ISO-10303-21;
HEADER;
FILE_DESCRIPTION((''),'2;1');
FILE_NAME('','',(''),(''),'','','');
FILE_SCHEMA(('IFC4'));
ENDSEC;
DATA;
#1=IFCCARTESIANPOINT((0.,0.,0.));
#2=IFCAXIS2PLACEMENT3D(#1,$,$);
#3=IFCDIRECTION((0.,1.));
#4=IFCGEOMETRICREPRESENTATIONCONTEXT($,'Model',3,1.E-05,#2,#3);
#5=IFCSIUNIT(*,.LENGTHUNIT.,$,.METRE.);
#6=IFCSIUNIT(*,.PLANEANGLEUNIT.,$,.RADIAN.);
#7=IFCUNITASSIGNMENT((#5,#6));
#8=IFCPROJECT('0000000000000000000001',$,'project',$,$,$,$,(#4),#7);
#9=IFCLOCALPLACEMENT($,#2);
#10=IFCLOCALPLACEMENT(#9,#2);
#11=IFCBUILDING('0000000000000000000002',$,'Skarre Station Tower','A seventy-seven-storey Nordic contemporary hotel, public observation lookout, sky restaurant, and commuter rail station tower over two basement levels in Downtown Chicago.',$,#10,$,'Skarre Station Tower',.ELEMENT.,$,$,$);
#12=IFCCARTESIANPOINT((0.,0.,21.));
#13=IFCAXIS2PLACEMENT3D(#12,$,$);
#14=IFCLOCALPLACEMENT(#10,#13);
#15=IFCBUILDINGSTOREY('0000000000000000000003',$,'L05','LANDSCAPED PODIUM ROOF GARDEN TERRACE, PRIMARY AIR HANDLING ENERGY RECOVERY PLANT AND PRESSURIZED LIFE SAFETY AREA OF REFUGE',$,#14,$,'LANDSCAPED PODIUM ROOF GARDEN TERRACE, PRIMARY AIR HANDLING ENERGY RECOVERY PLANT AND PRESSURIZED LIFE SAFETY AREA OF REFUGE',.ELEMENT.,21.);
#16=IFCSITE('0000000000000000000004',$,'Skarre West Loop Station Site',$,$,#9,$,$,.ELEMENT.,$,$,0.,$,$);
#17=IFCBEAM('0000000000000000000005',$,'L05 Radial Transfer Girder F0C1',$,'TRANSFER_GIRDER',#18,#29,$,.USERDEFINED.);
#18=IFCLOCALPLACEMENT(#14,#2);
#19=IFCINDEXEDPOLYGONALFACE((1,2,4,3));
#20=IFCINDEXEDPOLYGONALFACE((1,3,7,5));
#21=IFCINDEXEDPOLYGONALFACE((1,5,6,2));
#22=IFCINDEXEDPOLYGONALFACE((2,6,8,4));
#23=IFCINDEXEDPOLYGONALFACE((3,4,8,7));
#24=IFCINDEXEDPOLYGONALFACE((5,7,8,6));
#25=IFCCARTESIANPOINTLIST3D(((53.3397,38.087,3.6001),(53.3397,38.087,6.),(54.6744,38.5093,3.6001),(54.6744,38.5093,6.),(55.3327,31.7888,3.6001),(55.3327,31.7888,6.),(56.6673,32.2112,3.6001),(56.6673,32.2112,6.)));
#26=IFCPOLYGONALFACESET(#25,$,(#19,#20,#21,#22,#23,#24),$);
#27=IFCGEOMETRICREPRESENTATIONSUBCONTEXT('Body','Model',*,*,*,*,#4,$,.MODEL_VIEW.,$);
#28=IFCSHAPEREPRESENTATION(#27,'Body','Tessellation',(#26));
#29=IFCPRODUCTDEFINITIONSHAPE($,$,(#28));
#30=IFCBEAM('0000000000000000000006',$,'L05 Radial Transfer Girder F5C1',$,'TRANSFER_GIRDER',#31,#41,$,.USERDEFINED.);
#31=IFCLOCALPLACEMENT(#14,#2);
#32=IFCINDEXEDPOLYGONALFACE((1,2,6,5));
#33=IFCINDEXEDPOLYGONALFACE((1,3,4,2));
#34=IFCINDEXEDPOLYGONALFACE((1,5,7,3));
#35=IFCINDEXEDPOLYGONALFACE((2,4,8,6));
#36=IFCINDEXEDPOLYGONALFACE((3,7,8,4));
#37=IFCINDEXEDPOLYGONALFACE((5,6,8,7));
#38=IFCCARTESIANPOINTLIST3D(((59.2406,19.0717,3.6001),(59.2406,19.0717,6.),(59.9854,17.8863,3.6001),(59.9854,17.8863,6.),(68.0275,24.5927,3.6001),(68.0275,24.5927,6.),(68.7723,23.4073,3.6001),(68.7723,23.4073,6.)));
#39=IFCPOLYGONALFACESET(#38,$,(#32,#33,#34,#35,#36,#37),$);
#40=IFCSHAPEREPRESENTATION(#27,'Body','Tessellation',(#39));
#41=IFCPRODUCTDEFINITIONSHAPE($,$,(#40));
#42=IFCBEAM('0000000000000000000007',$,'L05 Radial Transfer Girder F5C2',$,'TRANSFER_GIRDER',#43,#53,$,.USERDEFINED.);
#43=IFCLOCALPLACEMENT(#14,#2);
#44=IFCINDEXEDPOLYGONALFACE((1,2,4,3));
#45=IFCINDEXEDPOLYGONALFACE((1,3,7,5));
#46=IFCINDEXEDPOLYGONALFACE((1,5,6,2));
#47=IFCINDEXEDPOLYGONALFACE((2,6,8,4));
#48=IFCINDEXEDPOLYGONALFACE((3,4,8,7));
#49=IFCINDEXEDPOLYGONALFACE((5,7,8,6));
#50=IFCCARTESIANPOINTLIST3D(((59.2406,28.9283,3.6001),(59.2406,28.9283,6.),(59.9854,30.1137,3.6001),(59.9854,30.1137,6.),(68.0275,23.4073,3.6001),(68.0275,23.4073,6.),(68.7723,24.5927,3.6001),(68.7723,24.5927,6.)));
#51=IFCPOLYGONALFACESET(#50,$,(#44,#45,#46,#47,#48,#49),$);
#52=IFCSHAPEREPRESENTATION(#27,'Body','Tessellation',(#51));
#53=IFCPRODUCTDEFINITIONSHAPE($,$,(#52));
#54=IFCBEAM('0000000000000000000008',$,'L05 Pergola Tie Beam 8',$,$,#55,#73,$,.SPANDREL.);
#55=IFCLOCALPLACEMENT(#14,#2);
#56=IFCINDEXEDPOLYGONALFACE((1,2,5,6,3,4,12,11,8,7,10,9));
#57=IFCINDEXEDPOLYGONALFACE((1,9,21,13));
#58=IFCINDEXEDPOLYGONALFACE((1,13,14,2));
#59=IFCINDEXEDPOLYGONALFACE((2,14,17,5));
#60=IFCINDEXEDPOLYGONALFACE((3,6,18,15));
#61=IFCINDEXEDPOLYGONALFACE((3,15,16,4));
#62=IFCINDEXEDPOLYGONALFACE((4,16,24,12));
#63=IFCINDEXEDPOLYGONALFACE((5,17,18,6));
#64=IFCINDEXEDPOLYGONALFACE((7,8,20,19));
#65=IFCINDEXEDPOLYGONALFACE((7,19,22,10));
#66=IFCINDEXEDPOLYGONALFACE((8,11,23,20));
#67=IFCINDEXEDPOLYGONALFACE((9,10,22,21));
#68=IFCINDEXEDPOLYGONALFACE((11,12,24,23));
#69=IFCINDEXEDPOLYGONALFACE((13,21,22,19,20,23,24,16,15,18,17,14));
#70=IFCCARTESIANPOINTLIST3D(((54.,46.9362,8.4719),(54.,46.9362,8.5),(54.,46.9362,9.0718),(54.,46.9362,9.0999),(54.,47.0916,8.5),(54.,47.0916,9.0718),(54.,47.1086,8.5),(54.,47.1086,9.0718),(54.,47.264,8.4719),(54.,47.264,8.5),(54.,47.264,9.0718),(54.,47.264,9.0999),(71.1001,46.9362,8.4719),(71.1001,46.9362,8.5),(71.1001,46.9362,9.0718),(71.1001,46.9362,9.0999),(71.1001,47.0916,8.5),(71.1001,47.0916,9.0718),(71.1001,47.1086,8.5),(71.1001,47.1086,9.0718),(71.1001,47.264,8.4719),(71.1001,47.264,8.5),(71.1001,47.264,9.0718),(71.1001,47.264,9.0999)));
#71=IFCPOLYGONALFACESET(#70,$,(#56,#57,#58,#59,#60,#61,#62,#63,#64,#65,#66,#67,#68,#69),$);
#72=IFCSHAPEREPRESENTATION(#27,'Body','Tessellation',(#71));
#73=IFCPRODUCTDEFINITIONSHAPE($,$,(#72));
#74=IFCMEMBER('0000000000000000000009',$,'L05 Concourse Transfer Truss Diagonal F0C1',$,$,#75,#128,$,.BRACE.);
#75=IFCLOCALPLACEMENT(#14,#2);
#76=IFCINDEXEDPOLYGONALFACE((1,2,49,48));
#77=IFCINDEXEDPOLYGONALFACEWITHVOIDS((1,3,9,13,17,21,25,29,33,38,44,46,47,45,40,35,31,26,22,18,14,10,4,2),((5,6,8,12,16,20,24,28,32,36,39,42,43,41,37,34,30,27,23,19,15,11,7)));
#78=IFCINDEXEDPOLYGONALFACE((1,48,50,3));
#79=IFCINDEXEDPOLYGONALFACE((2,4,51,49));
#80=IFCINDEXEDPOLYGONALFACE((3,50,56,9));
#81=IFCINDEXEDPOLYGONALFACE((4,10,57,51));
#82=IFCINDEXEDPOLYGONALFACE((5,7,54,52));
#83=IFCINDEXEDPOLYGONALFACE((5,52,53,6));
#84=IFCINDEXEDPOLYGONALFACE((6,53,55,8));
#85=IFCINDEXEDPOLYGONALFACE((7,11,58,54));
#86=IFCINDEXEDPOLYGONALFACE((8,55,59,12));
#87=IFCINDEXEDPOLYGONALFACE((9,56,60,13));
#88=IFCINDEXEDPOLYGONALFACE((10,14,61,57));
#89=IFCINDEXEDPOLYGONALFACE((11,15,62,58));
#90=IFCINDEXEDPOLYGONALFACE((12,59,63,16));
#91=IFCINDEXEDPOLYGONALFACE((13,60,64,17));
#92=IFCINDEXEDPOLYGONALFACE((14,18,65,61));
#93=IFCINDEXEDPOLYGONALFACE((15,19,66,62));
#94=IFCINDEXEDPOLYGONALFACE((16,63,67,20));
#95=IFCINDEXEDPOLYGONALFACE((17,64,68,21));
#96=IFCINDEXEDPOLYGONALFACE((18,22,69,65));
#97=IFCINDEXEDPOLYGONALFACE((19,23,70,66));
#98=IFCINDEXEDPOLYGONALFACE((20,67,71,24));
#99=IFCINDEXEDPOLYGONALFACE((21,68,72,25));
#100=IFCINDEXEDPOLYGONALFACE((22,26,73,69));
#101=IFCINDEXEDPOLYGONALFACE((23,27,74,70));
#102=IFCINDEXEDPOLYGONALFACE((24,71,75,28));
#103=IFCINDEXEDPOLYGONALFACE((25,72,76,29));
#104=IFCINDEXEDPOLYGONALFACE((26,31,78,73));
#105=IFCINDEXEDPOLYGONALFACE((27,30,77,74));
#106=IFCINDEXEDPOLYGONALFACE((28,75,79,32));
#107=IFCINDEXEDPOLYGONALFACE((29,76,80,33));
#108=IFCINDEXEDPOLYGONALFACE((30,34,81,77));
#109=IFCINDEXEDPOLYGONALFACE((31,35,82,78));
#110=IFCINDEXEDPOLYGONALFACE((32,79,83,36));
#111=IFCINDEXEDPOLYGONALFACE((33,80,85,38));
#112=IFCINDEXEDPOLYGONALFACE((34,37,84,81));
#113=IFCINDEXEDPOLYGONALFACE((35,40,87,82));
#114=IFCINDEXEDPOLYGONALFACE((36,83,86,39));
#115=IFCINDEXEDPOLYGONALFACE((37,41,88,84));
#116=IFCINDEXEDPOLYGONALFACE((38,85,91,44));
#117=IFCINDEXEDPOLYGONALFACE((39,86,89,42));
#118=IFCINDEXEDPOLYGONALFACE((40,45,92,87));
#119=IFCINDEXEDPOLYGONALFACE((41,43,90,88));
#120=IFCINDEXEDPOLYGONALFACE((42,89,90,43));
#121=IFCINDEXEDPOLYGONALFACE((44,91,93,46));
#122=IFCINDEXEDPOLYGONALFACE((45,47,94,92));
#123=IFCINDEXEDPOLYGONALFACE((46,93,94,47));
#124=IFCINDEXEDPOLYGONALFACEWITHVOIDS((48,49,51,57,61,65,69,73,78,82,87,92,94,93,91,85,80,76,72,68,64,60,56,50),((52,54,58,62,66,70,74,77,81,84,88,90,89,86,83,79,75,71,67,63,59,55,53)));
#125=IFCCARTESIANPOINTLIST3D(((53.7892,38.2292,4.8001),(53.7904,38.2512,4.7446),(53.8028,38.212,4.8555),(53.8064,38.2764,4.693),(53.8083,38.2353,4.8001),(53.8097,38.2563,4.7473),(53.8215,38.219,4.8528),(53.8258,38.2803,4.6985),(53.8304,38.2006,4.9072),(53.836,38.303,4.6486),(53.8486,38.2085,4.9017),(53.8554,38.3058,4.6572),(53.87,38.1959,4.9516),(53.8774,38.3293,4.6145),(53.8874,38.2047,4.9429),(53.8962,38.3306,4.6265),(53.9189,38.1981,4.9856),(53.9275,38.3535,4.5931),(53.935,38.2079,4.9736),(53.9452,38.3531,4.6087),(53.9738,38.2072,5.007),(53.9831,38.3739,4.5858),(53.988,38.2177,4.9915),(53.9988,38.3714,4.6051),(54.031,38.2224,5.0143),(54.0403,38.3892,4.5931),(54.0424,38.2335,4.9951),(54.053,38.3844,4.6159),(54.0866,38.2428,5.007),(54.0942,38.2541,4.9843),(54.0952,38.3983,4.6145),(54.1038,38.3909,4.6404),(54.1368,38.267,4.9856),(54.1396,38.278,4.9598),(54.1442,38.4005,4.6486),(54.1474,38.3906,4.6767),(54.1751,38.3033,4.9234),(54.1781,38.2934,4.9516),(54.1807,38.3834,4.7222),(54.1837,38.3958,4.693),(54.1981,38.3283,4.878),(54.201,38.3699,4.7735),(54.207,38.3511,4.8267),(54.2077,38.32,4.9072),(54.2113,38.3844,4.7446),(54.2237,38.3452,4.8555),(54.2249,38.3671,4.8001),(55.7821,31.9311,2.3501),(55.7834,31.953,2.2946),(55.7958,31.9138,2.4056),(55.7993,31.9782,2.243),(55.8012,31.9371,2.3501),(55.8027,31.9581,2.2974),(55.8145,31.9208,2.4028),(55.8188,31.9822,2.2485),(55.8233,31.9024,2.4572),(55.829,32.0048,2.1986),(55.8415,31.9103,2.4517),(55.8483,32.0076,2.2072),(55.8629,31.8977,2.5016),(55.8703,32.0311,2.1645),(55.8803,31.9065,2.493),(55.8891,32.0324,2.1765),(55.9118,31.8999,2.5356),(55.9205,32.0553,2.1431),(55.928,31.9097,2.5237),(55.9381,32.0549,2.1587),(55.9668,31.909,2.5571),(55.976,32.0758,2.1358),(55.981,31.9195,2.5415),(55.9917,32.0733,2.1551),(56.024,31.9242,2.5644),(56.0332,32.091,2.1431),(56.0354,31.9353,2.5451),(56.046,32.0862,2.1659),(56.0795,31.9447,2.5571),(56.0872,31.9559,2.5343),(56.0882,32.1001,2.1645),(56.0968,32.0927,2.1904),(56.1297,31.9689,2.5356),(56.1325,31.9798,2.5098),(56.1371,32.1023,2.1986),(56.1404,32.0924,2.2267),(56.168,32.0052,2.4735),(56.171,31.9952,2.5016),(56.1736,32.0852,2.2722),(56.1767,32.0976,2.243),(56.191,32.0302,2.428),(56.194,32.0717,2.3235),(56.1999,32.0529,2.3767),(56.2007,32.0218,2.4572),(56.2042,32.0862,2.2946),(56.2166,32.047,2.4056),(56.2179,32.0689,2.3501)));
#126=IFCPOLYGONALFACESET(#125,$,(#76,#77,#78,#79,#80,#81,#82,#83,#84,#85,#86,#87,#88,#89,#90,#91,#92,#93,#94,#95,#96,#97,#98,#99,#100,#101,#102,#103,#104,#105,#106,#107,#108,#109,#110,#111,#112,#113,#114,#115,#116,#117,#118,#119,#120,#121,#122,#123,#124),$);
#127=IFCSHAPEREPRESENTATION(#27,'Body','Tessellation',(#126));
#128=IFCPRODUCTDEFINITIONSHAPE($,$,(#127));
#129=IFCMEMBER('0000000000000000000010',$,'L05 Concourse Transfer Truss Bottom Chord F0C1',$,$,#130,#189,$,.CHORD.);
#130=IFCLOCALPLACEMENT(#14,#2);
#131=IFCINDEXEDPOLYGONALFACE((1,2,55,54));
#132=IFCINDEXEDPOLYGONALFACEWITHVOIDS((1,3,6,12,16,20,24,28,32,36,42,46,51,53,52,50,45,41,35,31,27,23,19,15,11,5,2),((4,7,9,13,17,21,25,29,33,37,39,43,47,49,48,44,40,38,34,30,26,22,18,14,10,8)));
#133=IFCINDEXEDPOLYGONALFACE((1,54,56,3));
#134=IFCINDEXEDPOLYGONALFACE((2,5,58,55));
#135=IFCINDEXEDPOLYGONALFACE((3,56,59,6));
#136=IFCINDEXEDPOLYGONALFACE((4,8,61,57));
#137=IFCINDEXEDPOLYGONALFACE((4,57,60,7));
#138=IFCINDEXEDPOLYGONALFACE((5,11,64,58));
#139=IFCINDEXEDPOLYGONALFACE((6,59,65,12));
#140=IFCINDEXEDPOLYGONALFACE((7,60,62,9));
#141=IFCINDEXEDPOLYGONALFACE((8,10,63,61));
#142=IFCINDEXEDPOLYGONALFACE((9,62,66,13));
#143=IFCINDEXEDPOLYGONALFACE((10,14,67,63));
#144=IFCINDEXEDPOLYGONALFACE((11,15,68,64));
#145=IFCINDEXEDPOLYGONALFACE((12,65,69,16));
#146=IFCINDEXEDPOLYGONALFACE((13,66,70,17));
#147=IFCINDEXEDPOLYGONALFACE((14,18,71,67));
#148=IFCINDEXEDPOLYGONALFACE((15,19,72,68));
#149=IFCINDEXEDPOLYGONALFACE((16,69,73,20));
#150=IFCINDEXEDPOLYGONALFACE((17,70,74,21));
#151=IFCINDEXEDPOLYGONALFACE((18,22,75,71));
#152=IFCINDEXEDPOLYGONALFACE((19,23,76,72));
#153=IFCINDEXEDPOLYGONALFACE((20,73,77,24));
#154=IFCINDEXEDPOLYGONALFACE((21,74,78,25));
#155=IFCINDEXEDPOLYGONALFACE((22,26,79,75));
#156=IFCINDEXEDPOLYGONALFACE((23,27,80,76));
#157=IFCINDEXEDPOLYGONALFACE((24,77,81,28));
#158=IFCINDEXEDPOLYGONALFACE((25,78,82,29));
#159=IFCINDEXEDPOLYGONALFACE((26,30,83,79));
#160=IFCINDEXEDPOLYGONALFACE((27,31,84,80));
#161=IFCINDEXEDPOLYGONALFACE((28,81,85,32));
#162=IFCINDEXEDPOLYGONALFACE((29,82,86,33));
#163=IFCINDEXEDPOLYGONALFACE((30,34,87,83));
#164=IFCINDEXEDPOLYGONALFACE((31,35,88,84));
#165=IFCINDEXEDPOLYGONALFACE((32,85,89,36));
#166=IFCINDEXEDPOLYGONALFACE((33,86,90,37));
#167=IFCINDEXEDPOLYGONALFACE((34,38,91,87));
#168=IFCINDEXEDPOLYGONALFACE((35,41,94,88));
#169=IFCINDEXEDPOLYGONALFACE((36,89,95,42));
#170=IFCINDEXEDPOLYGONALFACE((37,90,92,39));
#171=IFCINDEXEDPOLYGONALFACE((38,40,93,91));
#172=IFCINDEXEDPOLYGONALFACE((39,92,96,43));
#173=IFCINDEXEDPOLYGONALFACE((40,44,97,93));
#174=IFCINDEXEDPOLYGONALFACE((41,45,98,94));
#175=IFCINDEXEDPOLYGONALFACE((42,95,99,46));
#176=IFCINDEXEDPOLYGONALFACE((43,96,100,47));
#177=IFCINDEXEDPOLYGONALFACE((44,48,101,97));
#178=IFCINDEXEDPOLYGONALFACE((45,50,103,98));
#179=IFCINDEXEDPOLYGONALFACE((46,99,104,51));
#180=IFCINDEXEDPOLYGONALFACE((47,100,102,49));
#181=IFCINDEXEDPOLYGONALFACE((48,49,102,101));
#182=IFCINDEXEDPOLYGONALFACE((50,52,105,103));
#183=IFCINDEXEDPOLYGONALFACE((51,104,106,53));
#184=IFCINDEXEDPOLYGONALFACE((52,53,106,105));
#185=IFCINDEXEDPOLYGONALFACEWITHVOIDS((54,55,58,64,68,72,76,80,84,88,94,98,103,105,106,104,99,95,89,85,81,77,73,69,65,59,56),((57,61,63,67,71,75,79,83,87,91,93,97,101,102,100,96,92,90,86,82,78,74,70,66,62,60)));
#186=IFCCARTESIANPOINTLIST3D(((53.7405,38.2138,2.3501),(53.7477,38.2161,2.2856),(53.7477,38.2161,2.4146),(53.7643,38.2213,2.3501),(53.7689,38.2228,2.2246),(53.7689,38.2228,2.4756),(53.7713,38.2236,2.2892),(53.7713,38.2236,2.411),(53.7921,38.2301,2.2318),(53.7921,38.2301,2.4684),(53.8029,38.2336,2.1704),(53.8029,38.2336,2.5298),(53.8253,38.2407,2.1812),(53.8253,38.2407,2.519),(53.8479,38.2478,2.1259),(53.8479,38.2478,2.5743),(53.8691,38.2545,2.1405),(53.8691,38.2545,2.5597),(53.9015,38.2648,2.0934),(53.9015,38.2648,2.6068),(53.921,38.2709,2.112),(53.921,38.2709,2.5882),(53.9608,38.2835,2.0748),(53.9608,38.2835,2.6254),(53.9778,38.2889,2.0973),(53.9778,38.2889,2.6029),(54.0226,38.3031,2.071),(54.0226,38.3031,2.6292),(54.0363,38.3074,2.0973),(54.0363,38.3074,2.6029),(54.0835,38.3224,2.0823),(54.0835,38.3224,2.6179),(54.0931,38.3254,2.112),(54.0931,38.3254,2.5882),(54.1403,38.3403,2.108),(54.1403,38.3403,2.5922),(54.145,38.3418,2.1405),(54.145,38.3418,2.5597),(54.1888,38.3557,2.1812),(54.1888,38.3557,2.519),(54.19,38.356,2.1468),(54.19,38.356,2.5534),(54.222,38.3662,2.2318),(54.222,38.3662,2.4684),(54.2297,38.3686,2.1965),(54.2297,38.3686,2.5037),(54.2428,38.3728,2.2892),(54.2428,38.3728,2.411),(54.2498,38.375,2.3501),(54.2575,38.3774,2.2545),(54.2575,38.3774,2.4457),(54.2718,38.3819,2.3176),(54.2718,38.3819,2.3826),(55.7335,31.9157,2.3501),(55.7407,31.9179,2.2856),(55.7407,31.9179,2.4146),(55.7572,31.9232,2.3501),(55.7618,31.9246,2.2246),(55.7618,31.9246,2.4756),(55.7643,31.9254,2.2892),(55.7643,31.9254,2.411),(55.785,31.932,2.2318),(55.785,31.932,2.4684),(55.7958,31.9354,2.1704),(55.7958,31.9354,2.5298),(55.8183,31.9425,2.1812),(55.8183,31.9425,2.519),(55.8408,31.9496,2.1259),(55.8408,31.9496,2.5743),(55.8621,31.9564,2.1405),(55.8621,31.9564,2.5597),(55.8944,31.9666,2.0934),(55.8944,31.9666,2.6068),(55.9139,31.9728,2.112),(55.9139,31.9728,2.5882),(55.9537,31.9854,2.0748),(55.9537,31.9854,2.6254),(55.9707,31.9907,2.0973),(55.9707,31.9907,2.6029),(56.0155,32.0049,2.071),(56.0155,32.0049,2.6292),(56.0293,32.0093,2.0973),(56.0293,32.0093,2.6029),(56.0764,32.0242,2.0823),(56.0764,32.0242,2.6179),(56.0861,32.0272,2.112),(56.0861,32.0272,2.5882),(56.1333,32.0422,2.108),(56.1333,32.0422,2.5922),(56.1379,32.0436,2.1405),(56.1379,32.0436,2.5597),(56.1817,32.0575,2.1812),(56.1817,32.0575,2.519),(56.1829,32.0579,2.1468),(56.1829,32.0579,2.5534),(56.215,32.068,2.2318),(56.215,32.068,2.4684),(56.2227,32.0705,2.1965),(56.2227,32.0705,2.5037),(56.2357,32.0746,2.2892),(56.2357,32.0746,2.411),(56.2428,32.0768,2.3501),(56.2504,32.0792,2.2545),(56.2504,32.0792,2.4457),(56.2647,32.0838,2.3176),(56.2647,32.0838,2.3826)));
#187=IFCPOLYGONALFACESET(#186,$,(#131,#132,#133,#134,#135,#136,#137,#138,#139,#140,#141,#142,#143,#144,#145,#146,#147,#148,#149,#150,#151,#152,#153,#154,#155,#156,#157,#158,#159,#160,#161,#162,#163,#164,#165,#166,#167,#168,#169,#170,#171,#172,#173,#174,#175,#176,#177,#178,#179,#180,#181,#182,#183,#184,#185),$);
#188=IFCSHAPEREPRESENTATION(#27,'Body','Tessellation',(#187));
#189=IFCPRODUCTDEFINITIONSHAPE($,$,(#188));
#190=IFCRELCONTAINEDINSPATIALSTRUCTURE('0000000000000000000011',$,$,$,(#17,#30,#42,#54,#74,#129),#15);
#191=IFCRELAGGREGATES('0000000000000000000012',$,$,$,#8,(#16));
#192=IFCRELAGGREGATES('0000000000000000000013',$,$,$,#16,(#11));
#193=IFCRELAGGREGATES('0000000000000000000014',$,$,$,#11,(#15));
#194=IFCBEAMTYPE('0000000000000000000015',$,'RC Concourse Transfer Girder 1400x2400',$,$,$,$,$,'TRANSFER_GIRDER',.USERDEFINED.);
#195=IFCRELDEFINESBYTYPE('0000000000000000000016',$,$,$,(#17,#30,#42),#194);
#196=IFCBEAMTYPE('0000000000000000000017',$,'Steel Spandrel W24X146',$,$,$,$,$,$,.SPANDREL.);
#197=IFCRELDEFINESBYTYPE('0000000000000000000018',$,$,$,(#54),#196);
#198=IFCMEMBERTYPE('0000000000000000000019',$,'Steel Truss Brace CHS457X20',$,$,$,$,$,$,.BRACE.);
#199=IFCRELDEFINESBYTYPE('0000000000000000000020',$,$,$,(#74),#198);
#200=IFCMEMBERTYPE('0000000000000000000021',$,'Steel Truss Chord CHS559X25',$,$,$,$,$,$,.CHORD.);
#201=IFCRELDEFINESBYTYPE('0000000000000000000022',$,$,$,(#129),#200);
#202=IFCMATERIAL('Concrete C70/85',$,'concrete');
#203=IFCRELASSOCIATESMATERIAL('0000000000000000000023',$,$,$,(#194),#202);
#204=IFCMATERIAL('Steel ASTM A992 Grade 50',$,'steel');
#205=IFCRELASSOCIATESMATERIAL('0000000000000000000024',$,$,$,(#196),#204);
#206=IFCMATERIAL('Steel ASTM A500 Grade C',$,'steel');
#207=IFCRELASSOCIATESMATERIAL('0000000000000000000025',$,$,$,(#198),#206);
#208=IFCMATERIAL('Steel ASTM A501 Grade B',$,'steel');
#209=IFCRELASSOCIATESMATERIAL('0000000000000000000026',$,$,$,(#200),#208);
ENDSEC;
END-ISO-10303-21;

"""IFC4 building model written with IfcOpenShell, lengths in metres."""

from ifc_helpers import new_model, si_unit, direction, frame, origin, origin_2d, place, context, subcontext, project, spatial, rectangle, hollow_circle, i_section, extrude, material, material_profile, profile_set, type_object, element, save


model = new_model("IFC4")

# Units and contexts
model_context = context("Model", 3, precision=1e-05, world=origin(), true_north=direction((0.0, 1.0)))
body_context = subcontext(model_context, "Body", "Model", "MODEL_VIEW")
ifc_project = project(units=[si_unit("LENGTHUNIT", "METRE"), si_unit("PLANEANGLEUNIT", "RADIAN")], contexts=[model_context])

# Site, building, storey
site_placement = place(None, origin())
site = spatial("IfcSite", under=ifc_project, at=site_placement, Name="Skarre West Loop Station Site", CompositionType="ELEMENT", RefElevation=0.0)
building_placement = place(site_placement, origin())
building = spatial("IfcBuilding", under=site, at=building_placement, Name="Skarre Station Tower", Description="A seventy-seven-storey Nordic contemporary hotel, public observation lookout, sky restaurant, and commuter rail station tower over two basement levels in Downtown Chicago.", LongName="Skarre Station Tower", CompositionType="ELEMENT")
storey_placement = place(building_placement, frame((0.0, 0.0, 21.0)))
storey = spatial("IfcBuildingStorey", under=building, at=storey_placement, Name="L05", Description="LANDSCAPED PODIUM ROOF GARDEN TERRACE, PRIMARY AIR HANDLING ENERGY RECOVERY PLANT AND PRESSURIZED LIFE SAFETY AREA OF REFUGE", LongName="LANDSCAPED PODIUM ROOF GARDEN TERRACE, PRIMARY AIR HANDLING ENERGY RECOVERY PLANT AND PRESSURIZED LIFE SAFETY AREA OF REFUGE", CompositionType="ELEMENT", Elevation=21.0)

# Shared definitions
ifc_material_1 = material(Name="Concrete C70/85", Category="concrete")
ifc_material_2 = material(Name="Steel ASTM A500 Grade C", Category="steel")

# Beams
ifc_material_profile_1 = material_profile(ifc_material_1, rectangle(XDim=1.3999, YDim=2.3999, at=origin_2d()), Name="Concrete C70/85")
ifc_profile_set_1 = profile_set([ifc_material_profile_1], Name="Concrete C70/85")
beam_type_1 = type_object("IfcBeamType", Name="RC Concourse Transfer Girder 1400x2400", ElementType="TRANSFER_GIRDER", PredefinedType="USERDEFINED", material=ifc_profile_set_1)
beam_1_placement = place(storey_placement, frame((56.0, 32.0, 4.8), z_axis=(-0.301688, 0.953407, 0.0), x_axis=(-0.953407, -0.301688, 0.0)))
element("IfcBeam", 1, at=beam_1_placement, inside=storey, type_object=beam_type_1, Name="L05 Radial Transfer Girder F0C1", ObjectType="TRANSFER_GIRDER", PredefinedType="USERDEFINED", context=body_context, shape_type="SweptSolid", body=[
    extrude(rectangle(XDim=1.3999, YDim=2.3999, at=origin_2d()), origin(), (0.0, 0.0, 1.0), 6.606),
])
for number, where, z_axis, x_axis, name in (
    (2, (68.3999, 24.0, 4.8), (-0.846731, -0.532021, 0.0), (0.532021, -0.846731, 0.0), "L05 Radial Transfer Girder F5C1"),
    (3, (68.3999, 24.0, 4.8), (-0.846731, 0.532021, 0.0), (-0.532021, -0.846731, 0.0), "L05 Radial Transfer Girder F5C2"),
):
    element("IfcBeam", number, at=place(storey_placement, frame(where, z_axis=z_axis, x_axis=x_axis)), inside=storey, type_object=beam_type_1, Name=name, ObjectType="TRANSFER_GIRDER", PredefinedType="USERDEFINED", context=body_context, shape_type="SweptSolid", body=[
        extrude(rectangle(XDim=1.3999, YDim=2.3999, at=origin_2d()), origin(), (0.0, 0.0, 1.0), 10.3774),
    ])
ifc_material_3 = material(Name="Steel ASTM A992 Grade 50", Category="steel")
ifc_material_profile_2 = material_profile(ifc_material_3, i_section(OverallWidth=0.3279, OverallDepth=0.6279, WebThickness=0.0171, FlangeThickness=0.0281, at=origin_2d()), Name="Steel ASTM A992 Grade 50")
ifc_profile_set_2 = profile_set([ifc_material_profile_2], Name="Steel ASTM A992 Grade 50")
beam_type_2 = type_object("IfcBeamType", Name="Steel Spandrel W24X146", PredefinedType="SPANDREL", material=ifc_profile_set_2)
beam_2_placement = place(storey_placement, frame((54.0, 47.1001, 8.7859), z_axis=(1.0, 0.0, 0.0), x_axis=(0.0, 1.0, 0.0)))
element("IfcBeam", 4, at=beam_2_placement, inside=storey, type_object=beam_type_2, Name="L05 Pergola Tie Beam 8", PredefinedType="SPANDREL", context=body_context, shape_type="SweptSolid", body=[
    extrude(i_section(OverallWidth=0.3279, OverallDepth=0.6279, WebThickness=0.0171, FlangeThickness=0.0281, at=origin_2d()), origin(), (0.0, 0.0, 1.0), 17.1001),
])

# Members
ifc_material_profile_3 = material_profile(ifc_material_2, hollow_circle(Radius=0.2285, WallThickness=0.02, at=origin_2d()), Name="Steel ASTM A500 Grade C")
ifc_profile_set_3 = profile_set([ifc_material_profile_3], Name="Steel ASTM A500 Grade C")
member_type_1 = type_object("IfcMemberType", Name="Steel Truss Brace CHS457X20", PredefinedType="BRACE", material=ifc_profile_set_3)
member_1_placement = place(storey_placement, frame((56.0, 32.0, 2.3501), z_axis=(-0.282862, 0.893909, 0.34773), x_axis=(-0.953407, -0.301688, 0.0)))
element("IfcMember", 5, at=member_1_placement, inside=storey, type_object=member_type_1, Name="L05 Concourse Transfer Truss Diagonal F0C1", PredefinedType="BRACE", context=body_context, shape_type="SweptSolid", body=[
    extrude(hollow_circle(Radius=0.2285, WallThickness=0.02, at=origin_2d()), origin(), (0.0, 0.0, 1.0), 7.0457),
])
ifc_material_4 = material(Name="Steel ASTM A501 Grade B", Category="steel")
ifc_material_profile_4 = material_profile(ifc_material_4, hollow_circle(Radius=0.2795, WallThickness=0.0249, at=origin_2d()), Name="Steel ASTM A501 Grade B")
ifc_profile_set_4 = profile_set([ifc_material_profile_4], Name="Steel ASTM A501 Grade B")
member_type_2 = type_object("IfcMemberType", Name="Steel Truss Chord CHS559X25", PredefinedType="CHORD", material=ifc_profile_set_4)
member_2_placement = place(storey_placement, frame((56.0, 32.0, 2.3501), z_axis=(-0.301688, 0.953407, 0.0), x_axis=(-0.953407, -0.301688, 0.0)))
element("IfcMember", 6, at=member_2_placement, inside=storey, type_object=member_type_2, Name="L05 Concourse Transfer Truss Bottom Chord F0C1", PredefinedType="CHORD", context=body_context, shape_type="SweptSolid", body=[
    extrude(hollow_circle(Radius=0.2795, WallThickness=0.0249, at=origin_2d()), origin(), (0.0, 0.0, 1.0), 6.606),
])

save(model, "model.ifc")
